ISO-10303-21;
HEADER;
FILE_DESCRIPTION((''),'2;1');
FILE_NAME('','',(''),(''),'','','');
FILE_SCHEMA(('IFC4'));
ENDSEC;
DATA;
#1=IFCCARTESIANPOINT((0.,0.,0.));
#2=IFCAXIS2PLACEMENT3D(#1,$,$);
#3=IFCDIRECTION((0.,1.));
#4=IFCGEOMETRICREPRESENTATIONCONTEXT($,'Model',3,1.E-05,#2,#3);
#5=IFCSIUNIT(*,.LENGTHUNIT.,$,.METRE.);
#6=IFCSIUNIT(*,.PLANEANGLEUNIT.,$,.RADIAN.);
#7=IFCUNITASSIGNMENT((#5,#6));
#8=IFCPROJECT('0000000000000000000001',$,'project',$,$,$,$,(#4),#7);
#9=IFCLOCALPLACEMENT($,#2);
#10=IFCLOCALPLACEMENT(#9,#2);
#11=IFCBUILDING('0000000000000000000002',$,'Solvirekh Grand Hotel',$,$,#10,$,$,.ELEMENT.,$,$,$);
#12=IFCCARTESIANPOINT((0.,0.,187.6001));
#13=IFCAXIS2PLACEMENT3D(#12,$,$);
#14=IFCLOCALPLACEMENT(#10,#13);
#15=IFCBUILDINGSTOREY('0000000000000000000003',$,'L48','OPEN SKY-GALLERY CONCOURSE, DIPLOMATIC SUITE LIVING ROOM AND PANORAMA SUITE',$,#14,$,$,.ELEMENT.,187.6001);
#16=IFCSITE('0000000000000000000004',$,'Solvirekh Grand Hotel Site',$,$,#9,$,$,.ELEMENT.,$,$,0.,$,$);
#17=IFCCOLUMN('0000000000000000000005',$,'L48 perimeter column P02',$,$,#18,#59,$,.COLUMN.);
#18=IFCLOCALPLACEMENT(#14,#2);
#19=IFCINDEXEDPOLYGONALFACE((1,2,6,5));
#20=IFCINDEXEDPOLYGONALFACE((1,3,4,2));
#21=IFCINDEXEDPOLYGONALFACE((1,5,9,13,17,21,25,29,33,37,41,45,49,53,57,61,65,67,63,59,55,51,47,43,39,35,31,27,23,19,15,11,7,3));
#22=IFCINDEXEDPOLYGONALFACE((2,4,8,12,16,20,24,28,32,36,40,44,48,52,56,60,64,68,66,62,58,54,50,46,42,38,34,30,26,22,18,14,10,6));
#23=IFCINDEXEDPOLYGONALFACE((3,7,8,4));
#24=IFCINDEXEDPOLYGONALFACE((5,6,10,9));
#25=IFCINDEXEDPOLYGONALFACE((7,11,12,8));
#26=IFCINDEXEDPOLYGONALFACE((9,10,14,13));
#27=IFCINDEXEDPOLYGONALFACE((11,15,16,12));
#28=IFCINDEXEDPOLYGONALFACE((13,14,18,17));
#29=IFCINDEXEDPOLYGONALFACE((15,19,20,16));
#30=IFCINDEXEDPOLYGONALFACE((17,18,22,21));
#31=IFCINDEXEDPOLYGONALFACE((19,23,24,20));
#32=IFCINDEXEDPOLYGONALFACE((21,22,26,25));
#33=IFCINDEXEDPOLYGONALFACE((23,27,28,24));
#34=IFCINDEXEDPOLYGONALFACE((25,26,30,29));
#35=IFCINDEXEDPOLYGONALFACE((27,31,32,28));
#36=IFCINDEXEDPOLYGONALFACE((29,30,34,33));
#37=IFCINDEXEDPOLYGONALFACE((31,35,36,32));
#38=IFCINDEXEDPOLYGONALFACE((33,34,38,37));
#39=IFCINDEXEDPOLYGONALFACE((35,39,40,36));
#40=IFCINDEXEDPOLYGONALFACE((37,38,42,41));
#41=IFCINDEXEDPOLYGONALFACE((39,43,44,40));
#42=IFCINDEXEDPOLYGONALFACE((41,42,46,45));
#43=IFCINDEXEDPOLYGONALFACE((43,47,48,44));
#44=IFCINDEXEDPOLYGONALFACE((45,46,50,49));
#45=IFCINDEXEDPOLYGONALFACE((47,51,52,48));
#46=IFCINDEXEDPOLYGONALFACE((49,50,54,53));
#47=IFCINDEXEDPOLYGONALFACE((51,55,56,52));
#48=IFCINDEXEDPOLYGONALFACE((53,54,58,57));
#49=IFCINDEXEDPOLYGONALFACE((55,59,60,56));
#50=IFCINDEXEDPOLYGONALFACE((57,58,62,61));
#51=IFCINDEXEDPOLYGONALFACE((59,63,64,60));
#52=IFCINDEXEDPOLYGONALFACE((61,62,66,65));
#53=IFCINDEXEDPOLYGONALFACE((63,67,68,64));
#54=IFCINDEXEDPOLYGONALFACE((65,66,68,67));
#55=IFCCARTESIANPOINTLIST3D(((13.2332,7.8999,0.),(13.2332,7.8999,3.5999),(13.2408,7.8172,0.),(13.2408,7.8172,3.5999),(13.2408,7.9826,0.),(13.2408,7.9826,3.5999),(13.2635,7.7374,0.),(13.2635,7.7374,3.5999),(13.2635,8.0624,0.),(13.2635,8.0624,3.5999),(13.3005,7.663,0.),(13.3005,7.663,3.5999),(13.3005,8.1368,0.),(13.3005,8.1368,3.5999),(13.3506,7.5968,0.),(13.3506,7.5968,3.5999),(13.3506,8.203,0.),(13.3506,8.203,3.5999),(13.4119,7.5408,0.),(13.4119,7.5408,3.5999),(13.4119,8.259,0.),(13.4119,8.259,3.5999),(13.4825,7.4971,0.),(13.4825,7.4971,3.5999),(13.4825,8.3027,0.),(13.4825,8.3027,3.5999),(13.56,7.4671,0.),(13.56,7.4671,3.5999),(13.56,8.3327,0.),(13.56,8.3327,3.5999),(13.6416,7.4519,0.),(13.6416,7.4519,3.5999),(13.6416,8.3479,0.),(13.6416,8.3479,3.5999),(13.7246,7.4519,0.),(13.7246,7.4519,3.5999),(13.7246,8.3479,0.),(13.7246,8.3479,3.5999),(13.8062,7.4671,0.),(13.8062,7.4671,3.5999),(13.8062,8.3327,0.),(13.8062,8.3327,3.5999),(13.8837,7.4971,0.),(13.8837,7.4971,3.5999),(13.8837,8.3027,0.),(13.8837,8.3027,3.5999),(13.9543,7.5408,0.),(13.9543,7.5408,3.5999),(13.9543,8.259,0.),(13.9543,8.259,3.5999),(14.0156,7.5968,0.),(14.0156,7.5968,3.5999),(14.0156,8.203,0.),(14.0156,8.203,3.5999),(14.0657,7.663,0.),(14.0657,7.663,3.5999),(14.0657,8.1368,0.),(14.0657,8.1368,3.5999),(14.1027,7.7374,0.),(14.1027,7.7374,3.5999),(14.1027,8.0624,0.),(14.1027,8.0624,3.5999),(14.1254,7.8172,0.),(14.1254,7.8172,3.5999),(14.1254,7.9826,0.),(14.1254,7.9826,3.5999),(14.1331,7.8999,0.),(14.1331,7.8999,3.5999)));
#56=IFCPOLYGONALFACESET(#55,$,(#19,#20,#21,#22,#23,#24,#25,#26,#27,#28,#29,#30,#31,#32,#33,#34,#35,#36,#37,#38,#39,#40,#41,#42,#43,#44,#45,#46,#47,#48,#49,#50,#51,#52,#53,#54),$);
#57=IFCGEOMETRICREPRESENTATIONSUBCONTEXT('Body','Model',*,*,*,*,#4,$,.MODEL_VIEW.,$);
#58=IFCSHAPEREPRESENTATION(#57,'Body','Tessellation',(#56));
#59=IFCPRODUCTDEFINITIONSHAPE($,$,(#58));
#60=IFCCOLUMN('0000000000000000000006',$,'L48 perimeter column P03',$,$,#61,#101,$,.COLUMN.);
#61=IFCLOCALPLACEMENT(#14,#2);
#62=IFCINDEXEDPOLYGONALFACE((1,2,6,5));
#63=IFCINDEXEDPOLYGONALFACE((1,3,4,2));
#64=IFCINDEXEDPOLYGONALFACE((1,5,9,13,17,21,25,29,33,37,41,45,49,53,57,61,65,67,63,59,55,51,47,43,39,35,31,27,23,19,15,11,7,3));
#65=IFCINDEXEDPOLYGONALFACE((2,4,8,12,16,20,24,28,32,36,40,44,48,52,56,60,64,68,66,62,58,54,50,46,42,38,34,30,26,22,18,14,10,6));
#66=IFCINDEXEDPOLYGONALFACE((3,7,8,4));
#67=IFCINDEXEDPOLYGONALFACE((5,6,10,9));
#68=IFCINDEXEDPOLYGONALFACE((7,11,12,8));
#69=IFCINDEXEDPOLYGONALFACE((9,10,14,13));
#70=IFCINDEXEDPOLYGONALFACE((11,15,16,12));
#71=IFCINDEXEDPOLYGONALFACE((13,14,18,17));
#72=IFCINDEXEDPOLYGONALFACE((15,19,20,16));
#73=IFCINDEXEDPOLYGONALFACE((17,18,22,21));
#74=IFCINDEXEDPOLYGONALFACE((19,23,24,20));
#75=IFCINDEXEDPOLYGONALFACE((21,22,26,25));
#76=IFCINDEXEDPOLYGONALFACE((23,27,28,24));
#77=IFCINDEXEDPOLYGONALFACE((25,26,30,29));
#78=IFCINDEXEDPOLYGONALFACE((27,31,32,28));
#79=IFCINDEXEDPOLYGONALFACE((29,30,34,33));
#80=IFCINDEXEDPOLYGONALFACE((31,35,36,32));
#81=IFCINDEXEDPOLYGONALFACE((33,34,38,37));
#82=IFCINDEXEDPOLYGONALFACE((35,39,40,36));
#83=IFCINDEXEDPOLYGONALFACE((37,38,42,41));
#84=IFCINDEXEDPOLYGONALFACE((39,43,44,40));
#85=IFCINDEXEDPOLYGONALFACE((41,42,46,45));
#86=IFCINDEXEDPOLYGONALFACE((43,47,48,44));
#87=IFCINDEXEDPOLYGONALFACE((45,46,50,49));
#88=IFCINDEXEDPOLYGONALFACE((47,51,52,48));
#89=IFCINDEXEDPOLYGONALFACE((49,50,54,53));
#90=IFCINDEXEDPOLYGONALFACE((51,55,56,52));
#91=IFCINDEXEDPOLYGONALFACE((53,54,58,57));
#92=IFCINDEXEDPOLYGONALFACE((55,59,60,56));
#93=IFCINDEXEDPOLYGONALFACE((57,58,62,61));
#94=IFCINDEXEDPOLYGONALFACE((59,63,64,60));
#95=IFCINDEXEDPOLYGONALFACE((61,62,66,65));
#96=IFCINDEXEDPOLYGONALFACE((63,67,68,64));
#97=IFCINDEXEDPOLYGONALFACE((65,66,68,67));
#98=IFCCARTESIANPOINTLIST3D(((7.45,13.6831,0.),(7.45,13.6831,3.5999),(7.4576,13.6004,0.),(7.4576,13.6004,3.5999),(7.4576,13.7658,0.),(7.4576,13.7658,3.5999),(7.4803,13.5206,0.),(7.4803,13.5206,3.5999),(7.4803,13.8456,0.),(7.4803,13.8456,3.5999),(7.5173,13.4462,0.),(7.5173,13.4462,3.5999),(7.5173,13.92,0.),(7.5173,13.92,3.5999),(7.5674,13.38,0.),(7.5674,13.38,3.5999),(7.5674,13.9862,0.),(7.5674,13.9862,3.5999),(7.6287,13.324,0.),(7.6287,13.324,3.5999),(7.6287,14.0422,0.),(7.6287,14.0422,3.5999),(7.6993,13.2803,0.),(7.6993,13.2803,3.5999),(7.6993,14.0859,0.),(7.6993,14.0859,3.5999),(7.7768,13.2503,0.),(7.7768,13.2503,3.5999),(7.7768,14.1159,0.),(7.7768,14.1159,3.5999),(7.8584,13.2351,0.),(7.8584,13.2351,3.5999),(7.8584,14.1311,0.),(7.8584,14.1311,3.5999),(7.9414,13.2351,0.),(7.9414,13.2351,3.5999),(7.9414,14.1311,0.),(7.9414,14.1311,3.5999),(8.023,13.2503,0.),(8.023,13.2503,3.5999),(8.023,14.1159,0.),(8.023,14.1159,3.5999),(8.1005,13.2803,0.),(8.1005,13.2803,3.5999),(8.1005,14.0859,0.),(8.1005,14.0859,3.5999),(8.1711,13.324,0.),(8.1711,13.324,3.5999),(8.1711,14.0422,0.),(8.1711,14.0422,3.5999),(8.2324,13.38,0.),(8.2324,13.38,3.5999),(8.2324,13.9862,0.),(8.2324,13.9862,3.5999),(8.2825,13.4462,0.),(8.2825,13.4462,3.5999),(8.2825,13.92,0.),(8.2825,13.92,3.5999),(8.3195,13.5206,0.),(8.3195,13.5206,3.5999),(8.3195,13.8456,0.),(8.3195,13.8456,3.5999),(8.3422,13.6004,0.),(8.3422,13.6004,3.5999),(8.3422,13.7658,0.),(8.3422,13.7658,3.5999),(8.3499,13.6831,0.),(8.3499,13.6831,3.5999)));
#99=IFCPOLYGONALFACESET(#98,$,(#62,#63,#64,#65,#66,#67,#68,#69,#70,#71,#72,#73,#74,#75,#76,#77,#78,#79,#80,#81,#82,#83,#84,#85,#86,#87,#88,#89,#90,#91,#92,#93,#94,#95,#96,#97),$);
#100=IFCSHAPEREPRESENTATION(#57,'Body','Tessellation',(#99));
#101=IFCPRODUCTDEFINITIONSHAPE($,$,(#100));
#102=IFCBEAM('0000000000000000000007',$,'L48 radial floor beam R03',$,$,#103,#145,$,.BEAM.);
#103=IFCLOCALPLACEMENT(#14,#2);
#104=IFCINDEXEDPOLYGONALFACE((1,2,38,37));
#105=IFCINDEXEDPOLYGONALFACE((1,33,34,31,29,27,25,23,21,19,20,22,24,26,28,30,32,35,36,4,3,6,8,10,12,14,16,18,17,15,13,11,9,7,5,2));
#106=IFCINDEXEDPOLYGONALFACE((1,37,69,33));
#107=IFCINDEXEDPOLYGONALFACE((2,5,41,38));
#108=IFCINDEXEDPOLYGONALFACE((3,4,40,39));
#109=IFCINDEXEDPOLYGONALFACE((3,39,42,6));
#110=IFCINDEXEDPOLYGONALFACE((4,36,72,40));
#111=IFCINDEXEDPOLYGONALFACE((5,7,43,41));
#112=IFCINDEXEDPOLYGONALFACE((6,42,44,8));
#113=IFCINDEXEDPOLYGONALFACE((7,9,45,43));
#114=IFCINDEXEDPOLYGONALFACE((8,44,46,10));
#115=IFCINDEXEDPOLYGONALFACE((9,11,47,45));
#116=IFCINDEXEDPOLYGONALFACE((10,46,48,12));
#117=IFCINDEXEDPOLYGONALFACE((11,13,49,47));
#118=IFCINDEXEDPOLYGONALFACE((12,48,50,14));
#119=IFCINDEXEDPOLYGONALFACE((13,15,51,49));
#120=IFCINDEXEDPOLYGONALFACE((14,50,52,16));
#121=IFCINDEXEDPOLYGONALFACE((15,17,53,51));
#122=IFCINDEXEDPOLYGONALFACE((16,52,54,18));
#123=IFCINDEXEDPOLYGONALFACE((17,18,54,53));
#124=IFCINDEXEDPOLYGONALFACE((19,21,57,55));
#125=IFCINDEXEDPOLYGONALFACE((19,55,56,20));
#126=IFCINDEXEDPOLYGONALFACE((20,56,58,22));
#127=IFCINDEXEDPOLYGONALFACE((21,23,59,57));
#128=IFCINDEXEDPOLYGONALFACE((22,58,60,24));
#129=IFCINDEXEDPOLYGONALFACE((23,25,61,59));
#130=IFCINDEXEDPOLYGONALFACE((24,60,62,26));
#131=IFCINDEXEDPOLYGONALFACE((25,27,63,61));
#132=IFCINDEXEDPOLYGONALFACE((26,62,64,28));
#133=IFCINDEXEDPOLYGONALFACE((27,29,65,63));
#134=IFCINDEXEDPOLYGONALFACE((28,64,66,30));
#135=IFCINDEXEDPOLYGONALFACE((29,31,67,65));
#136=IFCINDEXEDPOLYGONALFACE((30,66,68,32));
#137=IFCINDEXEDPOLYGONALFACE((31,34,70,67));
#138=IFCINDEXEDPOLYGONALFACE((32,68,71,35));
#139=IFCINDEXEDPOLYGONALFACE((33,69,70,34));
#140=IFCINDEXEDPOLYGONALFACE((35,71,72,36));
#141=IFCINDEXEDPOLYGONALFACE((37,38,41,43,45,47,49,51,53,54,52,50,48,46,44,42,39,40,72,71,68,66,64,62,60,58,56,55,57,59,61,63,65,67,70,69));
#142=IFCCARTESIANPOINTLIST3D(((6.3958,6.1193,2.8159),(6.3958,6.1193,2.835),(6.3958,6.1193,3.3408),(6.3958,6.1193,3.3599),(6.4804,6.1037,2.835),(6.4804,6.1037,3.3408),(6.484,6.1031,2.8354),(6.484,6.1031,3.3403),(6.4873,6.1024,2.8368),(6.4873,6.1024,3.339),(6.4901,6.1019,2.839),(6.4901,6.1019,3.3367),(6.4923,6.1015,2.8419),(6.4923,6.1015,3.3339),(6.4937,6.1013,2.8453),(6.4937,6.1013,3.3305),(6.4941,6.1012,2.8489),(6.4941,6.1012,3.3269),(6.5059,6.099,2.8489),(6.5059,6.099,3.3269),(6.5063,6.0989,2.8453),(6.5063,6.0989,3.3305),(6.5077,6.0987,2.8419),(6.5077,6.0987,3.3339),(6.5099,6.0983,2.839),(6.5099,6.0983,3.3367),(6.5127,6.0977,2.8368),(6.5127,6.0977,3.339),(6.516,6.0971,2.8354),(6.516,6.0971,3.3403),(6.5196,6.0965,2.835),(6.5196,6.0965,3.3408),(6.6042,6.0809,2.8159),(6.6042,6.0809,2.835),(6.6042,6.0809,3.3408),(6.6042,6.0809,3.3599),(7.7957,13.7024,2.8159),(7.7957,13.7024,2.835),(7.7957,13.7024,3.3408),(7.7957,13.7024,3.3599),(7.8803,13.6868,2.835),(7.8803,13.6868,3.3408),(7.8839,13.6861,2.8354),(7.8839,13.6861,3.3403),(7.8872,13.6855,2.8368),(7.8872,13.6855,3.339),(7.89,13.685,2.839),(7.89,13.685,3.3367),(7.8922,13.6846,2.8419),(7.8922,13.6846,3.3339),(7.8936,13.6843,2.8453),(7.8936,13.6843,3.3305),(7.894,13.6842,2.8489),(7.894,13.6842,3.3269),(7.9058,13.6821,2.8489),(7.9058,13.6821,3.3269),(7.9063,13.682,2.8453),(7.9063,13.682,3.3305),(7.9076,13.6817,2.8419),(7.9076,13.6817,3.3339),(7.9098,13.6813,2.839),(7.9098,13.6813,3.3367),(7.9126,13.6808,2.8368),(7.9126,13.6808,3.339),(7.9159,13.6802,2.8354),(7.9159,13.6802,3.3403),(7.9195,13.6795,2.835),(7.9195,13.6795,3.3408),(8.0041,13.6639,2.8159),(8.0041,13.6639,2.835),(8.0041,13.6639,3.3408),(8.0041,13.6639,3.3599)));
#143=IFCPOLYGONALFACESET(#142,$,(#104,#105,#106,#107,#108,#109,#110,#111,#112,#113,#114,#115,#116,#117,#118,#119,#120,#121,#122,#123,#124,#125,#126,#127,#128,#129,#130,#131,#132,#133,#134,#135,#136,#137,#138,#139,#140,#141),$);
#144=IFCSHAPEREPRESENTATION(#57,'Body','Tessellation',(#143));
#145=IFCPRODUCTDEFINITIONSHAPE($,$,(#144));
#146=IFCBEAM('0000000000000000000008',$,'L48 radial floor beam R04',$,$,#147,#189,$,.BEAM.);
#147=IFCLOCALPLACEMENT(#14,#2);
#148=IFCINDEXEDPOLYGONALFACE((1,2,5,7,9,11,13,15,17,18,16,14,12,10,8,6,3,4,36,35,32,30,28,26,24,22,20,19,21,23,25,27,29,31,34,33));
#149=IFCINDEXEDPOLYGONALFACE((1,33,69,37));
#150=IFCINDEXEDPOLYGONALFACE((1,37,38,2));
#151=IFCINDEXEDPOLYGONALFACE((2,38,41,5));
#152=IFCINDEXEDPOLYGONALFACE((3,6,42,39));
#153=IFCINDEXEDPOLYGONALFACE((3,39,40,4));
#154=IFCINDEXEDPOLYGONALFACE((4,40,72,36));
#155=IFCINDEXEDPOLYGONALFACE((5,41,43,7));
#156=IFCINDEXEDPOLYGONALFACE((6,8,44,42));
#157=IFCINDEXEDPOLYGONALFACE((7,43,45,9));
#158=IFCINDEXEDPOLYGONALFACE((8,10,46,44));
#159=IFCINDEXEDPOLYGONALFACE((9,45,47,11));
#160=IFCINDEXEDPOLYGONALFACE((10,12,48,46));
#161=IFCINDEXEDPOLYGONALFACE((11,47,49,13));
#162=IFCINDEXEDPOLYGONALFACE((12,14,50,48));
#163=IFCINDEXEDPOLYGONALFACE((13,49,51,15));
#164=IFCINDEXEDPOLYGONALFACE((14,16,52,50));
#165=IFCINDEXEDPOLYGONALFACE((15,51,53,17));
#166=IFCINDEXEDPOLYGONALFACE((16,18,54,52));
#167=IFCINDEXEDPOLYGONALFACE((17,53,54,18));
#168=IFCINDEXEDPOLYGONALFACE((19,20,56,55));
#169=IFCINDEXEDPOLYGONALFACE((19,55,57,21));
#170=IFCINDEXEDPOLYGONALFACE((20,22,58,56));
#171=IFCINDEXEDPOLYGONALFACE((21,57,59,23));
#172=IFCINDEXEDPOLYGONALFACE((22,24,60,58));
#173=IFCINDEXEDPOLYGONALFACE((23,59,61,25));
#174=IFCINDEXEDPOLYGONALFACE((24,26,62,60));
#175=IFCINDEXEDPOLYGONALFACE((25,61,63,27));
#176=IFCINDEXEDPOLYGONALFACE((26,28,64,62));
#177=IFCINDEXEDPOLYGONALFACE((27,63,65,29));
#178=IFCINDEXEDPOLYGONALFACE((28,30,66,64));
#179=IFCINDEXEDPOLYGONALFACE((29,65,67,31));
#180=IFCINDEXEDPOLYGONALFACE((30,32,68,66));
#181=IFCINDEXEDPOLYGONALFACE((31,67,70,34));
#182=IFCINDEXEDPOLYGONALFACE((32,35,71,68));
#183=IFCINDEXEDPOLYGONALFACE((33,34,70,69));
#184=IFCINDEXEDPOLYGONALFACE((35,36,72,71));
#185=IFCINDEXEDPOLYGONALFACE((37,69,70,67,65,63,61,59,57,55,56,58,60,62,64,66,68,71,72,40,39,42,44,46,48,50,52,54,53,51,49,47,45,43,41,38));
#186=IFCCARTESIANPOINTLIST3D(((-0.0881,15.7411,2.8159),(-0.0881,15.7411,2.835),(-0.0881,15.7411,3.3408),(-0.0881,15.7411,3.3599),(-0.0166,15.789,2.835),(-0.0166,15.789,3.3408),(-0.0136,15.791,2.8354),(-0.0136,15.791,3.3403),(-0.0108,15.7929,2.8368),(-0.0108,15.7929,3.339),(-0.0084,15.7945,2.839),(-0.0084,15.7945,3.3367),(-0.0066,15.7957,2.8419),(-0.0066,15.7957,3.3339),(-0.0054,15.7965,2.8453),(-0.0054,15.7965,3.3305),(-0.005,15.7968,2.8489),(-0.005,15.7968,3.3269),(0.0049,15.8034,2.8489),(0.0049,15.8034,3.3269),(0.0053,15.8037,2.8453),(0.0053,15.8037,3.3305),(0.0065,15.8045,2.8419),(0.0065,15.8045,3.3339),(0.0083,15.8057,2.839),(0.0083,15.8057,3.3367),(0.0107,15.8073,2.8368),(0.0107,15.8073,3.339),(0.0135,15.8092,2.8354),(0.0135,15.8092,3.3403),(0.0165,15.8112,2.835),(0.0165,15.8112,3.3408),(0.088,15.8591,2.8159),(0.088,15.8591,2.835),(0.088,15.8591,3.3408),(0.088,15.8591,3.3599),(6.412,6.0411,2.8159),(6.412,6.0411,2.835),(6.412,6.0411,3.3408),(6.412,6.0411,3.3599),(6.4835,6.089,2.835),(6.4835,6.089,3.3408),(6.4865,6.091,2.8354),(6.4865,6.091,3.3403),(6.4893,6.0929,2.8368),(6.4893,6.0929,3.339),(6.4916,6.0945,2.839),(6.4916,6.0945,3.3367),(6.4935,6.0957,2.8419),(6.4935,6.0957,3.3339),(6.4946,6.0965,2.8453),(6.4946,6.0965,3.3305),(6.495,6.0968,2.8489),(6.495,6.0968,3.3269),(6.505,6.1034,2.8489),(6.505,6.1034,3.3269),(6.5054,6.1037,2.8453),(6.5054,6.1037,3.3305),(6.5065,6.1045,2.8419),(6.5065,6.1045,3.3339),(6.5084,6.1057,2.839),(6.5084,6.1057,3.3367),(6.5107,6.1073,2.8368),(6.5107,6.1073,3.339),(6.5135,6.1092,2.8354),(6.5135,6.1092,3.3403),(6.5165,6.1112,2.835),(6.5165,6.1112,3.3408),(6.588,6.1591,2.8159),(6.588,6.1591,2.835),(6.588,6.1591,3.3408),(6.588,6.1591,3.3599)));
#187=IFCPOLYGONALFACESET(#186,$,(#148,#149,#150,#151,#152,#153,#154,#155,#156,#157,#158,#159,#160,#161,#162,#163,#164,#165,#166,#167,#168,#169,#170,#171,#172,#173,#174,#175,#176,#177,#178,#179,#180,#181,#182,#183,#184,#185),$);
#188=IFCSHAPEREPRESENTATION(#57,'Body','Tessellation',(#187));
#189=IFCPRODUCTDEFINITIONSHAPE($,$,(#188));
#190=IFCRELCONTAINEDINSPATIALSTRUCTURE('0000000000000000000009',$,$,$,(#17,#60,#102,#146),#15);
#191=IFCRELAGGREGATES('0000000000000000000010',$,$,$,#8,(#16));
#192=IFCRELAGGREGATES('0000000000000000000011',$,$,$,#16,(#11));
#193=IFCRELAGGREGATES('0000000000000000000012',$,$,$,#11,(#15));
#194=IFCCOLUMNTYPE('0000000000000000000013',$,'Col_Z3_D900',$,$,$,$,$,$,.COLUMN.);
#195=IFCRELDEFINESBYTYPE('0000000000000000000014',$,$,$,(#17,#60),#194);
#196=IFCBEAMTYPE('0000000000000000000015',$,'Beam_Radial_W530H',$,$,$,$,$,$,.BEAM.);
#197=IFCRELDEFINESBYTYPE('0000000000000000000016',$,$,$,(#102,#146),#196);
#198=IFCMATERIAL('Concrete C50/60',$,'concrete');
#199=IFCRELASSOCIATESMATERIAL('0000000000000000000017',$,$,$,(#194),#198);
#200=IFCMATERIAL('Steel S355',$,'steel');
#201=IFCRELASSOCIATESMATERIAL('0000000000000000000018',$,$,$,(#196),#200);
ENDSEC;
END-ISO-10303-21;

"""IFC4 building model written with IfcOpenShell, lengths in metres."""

from ifc_helpers import new_model, si_unit, direction, frame, origin, origin_2d, place, context, subcontext, project, spatial, circle, i_section, extrude, material, material_profile, profile_set, type_object, element, save


model = new_model("IFC4")

# Units and contexts
model_context = context("Model", 3, precision=1e-05, world=origin(), true_north=direction((0.0, 1.0)))
body_context = subcontext(model_context, "Body", "Model", "MODEL_VIEW")
ifc_project = project(units=[si_unit("LENGTHUNIT", "METRE"), si_unit("PLANEANGLEUNIT", "RADIAN")], contexts=[model_context])

# Site, building, storey
site_placement = place(None, origin())
site = spatial("IfcSite", under=ifc_project, at=site_placement, Name="Solvirekh Grand Hotel Site", CompositionType="ELEMENT", RefElevation=0.0)
building_placement = place(site_placement, origin())
building = spatial("IfcBuilding", under=site, at=building_placement, Name="Solvirekh Grand Hotel", CompositionType="ELEMENT")
storey_placement = place(building_placement, frame((0.0, 0.0, 187.6001)))
storey = spatial("IfcBuildingStorey", under=building, at=storey_placement, Name="L48", Description="OPEN SKY-GALLERY CONCOURSE, DIPLOMATIC SUITE LIVING ROOM AND PANORAMA SUITE", CompositionType="ELEMENT", Elevation=187.6001)

# Columns
ifc_material_1 = material(Name="Concrete C50/60", Category="concrete")
ifc_material_profile_1 = material_profile(ifc_material_1, circle(Radius=0.45, at=origin_2d()), Name="RC CIRC D900")
ifc_profile_set_1 = profile_set([ifc_material_profile_1], Name="Concrete C50/60")
column_type = type_object("IfcColumnType", Name="Col_Z3_D900", PredefinedType="COLUMN", material=ifc_profile_set_1)
for number, where, z_axis, x_axis, name in (
    (1, (13.6831, 7.8999, 0.0), (0.0, 0.0, 1.0), (1.0, 0.0, 0.0), "L48 perimeter column P02"),
    (2, (7.8999, 13.6831, 0.0), (0.0, 0.0, 1.0), (1.0, 0.0, 0.0), "L48 perimeter column P03"),
):
    element("IfcColumn", number, at=place(storey_placement, frame(where, z_axis=z_axis, x_axis=x_axis)), inside=storey, type_object=column_type, Name=name, PredefinedType="COLUMN", context=body_context, shape_type="SweptSolid", body=[
        extrude(circle(Radius=0.45, at=origin_2d()), origin(), (0.0, 0.0, 1.0), 3.5999),
    ])

# Beams
ifc_material_2 = material(Name="Steel S355", Category="steel")
ifc_material_profile_2 = material_profile(ifc_material_2, i_section(OverallWidth=0.2119, OverallDepth=0.5439, WebThickness=0.012, FlangeThickness=0.019, FilletRadius=0.0139, at=origin_2d()), Name="W530X123")
ifc_profile_set_2 = profile_set([ifc_material_profile_2], Name="Steel S355")
beam_type_1 = type_object("IfcBeamType", Name="Beam_Radial_W530H", PredefinedType="BEAM", material=ifc_profile_set_2)
beam_1_placement = place(storey_placement, frame((6.5, 6.1001, 3.0879), z_axis=(0.181543, 0.983383, 0.0), x_axis=(-0.983383, 0.181543, 0.0)))
element("IfcBeam", 3, at=beam_1_placement, inside=storey, type_object=beam_type_1, Name="L48 radial floor beam R03", PredefinedType="BEAM", context=body_context, shape_type="SweptSolid", body=[
    extrude(i_section(OverallWidth=0.2119, OverallDepth=0.5439, WebThickness=0.012, FlangeThickness=0.019, FilletRadius=0.0139, at=origin_2d()), origin(), (0.0, 0.0, 1.0), 7.7112),
])
beam_2_placement = place(storey_placement, frame((6.5, 6.1001, 3.0879), z_axis=(-0.556677, 0.830729, 0.0), x_axis=(-0.830729, -0.556677, 0.0)))
element("IfcBeam", 4, at=beam_2_placement, inside=storey, type_object=beam_type_1, Name="L48 radial floor beam R04", PredefinedType="BEAM", context=body_context, shape_type="SweptSolid", body=[
    extrude(i_section(OverallWidth=0.2119, OverallDepth=0.5439, WebThickness=0.012, FlangeThickness=0.019, FilletRadius=0.0139, at=origin_2d()), origin(), (0.0, 0.0, 1.0), 11.6765),
])

save(model, "model.ifc")
